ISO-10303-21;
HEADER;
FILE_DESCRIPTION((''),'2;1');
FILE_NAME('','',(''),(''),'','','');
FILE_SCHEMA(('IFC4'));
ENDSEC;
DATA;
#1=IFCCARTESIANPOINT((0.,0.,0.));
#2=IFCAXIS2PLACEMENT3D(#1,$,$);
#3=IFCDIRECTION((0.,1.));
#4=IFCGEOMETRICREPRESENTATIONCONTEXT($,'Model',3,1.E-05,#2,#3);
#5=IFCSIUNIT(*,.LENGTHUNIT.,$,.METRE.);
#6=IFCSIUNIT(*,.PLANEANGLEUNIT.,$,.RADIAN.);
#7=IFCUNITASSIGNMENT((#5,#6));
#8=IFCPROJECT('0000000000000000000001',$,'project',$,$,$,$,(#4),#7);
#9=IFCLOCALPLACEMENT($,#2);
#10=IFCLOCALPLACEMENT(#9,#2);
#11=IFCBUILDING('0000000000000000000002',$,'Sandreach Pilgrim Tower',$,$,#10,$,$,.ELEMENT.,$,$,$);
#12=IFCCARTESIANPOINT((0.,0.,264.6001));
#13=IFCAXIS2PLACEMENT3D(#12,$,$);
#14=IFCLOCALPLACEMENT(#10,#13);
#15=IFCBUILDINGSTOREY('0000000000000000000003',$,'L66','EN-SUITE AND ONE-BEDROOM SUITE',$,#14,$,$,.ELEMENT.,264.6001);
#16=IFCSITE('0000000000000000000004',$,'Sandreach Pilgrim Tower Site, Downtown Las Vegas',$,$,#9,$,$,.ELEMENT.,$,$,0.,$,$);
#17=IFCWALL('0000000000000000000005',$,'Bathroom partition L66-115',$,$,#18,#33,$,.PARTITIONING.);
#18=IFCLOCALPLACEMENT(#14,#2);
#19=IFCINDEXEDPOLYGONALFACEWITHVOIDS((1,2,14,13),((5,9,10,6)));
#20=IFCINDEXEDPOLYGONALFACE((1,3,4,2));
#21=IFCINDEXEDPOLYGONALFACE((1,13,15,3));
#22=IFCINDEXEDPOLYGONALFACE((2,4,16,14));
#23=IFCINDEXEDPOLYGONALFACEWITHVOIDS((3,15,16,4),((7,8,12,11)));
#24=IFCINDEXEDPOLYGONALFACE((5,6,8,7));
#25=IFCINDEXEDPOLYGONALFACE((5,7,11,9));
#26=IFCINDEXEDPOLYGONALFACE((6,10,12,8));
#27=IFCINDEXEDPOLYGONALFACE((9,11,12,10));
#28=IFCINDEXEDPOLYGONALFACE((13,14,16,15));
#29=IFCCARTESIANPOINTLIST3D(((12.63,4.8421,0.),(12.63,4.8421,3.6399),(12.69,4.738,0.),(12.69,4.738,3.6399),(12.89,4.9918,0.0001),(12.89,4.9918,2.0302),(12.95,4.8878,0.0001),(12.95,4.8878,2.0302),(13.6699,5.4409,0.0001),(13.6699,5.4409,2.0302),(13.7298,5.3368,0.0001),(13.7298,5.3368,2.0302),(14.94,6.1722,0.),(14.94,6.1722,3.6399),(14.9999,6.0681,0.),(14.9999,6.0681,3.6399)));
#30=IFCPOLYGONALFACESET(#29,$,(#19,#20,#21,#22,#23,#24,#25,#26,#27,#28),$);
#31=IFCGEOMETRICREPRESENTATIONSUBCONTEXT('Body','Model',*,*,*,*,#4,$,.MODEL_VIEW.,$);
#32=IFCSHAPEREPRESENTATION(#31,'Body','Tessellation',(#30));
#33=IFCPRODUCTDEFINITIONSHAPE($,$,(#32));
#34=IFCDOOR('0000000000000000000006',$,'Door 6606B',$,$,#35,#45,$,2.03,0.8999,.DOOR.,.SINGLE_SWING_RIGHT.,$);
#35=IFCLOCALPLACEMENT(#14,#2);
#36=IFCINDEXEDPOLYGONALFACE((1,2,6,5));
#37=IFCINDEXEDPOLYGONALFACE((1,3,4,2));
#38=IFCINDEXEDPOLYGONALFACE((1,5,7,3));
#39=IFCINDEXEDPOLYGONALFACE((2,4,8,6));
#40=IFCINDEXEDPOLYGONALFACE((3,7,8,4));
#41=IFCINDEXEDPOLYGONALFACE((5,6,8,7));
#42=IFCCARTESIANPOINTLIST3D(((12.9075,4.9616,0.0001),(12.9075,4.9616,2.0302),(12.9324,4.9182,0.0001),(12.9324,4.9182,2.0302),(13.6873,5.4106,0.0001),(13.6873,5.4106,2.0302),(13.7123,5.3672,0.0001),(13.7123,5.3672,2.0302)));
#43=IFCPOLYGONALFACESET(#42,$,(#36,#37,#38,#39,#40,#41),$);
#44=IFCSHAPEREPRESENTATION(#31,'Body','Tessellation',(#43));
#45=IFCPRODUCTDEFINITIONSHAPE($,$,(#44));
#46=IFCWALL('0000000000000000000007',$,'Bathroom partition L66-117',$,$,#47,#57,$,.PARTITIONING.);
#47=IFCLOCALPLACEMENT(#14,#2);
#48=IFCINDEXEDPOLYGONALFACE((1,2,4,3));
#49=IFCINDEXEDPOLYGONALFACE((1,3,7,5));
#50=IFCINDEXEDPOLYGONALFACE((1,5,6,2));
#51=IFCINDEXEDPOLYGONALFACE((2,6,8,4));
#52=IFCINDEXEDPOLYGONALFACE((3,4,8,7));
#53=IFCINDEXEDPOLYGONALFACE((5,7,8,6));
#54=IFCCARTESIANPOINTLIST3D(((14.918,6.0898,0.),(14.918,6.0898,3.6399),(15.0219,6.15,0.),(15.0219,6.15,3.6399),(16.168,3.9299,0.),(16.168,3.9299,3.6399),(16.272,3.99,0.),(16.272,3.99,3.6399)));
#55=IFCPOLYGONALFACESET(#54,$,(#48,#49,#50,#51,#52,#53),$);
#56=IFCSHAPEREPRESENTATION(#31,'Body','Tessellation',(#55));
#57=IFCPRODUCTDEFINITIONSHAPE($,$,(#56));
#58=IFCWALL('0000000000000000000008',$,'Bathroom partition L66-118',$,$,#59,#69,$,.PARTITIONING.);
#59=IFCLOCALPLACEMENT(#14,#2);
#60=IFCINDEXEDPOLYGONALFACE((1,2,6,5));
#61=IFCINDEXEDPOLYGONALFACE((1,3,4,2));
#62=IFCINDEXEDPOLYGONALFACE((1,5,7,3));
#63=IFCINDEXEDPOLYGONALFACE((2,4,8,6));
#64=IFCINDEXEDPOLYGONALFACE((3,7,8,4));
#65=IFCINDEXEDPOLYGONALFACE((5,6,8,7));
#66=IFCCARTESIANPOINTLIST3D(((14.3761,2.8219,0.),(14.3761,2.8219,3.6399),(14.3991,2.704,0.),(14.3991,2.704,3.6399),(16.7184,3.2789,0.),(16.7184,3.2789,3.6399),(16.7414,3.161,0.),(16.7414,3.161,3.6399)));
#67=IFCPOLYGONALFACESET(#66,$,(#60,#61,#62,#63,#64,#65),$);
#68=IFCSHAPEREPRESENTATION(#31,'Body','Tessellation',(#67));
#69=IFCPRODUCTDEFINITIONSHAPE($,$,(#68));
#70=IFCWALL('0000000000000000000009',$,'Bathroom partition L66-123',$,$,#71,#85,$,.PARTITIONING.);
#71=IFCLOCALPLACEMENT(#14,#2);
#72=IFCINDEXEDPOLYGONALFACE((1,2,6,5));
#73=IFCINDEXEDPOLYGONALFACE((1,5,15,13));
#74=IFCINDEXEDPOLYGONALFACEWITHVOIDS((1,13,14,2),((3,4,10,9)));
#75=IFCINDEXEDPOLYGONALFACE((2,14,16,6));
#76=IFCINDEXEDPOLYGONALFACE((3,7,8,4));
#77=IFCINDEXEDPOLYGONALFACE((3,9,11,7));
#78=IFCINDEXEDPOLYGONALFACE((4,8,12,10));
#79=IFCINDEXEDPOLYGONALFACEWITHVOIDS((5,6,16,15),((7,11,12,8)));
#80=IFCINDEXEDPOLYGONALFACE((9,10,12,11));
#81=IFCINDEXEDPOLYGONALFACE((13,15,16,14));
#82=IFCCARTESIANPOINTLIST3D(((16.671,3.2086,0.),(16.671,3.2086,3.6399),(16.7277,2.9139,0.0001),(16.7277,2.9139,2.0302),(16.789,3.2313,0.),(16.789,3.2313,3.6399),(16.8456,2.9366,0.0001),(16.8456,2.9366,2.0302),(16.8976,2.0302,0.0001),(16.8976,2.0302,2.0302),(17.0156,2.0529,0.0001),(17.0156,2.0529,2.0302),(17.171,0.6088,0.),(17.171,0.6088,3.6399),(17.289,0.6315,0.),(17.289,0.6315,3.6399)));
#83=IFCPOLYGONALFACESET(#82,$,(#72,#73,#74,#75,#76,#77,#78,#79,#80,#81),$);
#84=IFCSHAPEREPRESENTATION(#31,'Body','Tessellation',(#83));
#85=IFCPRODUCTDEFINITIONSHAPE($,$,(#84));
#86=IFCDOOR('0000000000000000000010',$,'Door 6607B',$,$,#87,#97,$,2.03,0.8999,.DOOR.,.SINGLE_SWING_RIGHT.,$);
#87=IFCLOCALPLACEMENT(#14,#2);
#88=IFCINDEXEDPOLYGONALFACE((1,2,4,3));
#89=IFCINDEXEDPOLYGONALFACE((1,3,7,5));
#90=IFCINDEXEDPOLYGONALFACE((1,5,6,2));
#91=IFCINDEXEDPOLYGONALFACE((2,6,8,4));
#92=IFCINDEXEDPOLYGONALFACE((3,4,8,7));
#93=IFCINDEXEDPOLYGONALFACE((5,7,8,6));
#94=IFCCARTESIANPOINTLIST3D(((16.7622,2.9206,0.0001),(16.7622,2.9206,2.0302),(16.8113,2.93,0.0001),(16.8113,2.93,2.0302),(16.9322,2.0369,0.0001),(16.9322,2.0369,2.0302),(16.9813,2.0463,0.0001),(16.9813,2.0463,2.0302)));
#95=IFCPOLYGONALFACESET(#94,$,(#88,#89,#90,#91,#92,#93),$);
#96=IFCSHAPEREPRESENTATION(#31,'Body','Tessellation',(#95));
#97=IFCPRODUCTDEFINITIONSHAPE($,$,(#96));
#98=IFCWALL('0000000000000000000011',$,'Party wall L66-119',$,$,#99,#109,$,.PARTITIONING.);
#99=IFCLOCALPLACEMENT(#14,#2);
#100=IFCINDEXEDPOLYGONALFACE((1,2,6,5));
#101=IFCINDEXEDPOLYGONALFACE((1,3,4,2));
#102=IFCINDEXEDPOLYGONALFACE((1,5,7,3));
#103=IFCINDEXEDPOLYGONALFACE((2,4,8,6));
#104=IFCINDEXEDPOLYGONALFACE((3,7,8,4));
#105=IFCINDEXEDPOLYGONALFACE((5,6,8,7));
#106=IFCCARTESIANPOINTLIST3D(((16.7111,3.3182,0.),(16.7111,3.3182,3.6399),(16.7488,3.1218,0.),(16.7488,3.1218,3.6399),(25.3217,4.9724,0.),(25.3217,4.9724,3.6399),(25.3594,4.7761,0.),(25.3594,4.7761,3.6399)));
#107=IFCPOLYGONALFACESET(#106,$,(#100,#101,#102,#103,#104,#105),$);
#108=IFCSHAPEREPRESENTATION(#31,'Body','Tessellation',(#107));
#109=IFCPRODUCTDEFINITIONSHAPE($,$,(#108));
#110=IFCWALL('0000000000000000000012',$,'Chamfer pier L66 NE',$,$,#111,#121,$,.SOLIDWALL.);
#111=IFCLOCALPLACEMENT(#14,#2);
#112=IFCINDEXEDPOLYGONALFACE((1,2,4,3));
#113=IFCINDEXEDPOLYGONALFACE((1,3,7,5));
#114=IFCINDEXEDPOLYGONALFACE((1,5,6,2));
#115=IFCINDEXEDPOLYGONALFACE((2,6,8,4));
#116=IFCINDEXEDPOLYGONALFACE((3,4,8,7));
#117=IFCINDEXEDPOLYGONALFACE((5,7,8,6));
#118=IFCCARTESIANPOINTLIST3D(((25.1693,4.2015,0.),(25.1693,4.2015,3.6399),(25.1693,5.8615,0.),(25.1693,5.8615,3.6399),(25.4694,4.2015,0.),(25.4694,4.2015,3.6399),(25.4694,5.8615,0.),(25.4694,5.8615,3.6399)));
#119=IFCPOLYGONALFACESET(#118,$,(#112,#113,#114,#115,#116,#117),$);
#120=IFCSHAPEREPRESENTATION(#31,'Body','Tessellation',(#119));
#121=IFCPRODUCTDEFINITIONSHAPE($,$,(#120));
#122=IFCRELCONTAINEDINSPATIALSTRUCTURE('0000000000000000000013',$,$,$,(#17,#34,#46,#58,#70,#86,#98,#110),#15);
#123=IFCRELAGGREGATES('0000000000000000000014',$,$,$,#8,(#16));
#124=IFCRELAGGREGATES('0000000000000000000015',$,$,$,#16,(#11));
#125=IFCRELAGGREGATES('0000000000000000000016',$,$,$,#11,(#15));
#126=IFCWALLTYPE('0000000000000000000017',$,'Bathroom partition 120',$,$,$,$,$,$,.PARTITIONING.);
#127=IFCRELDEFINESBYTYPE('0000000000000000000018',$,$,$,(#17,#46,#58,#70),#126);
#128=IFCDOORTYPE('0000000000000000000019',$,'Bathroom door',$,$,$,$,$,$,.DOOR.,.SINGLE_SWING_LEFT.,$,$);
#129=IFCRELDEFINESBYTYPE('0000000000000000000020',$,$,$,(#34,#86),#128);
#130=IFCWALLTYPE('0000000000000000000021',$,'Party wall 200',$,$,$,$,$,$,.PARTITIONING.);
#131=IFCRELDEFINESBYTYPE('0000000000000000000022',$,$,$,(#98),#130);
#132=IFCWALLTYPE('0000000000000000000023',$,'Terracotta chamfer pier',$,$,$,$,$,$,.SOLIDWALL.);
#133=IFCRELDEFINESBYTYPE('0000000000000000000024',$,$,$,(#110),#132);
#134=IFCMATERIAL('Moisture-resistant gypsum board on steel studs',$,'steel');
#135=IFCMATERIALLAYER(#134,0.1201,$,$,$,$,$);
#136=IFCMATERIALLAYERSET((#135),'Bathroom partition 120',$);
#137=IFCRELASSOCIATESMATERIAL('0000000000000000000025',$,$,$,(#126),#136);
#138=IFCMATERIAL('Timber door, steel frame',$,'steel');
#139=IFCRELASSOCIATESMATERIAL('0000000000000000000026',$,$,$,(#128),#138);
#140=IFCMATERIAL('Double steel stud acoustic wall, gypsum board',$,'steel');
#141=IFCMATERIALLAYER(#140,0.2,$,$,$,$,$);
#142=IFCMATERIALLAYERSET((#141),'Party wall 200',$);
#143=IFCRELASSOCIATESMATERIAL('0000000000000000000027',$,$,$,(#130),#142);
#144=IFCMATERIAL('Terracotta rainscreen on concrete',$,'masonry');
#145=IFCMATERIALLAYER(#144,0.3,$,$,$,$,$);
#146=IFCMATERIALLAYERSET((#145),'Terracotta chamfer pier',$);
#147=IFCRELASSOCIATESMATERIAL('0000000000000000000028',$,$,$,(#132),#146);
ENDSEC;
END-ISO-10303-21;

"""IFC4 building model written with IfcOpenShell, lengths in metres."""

from ifc_helpers import new_model, si_unit, direction, frame, frame_2d, origin, place, context, subcontext, project, spatial, rectangle, extrude, material, layer, layer_set, type_object, element, fill, save


model = new_model("IFC4")

# Units and contexts
model_context = context("Model", 3, precision=1e-05, world=origin(), true_north=direction((0.0, 1.0)))
body_context = subcontext(model_context, "Body", "Model", "MODEL_VIEW")
ifc_project = project(units=[si_unit("LENGTHUNIT", "METRE"), si_unit("PLANEANGLEUNIT", "RADIAN")], contexts=[model_context])

# Site, building, storey
site_placement = place(None, origin())
site = spatial("IfcSite", under=ifc_project, at=site_placement, Name="Sandreach Pilgrim Tower Site, Downtown Las Vegas", CompositionType="ELEMENT", RefElevation=0.0)
building_placement = place(site_placement, origin())
building = spatial("IfcBuilding", under=site, at=building_placement, Name="Sandreach Pilgrim Tower", CompositionType="ELEMENT")
storey_placement = place(building_placement, frame((0.0, 0.0, 264.6001)))
storey = spatial("IfcBuildingStorey", under=building, at=storey_placement, Name="L66", Description="EN-SUITE AND ONE-BEDROOM SUITE", CompositionType="ELEMENT", Elevation=264.6001)

# Shared definitions
ifc_material_1 = material(Name="Moisture-resistant gypsum board on steel studs", Category="steel")
ifc_layer_1 = layer(ifc_material_1, 0.1201)
ifc_layer_set_1 = layer_set([ifc_layer_1], Name="Bathroom partition 120")
wall_type_1 = type_object("IfcWallType", Name="Bathroom partition 120", PredefinedType="PARTITIONING", material=ifc_layer_set_1)

# Wall, opening, door
wall_1_placement = place(storey_placement, frame((14.97, 6.1201, 0.0), z_axis=(0.0, 0.0, 1.0), x_axis=(-0.866615, -0.498977, 0.0)))
wall_1 = element("IfcWall", 1, at=wall_1_placement, inside=storey, type_object=wall_type_1, Name="Bathroom partition L66-115", PredefinedType="PARTITIONING", context=body_context, shape_type="SweptSolid", body=[
    extrude(rectangle(XDim=2.6655, YDim=0.1201, at=frame_2d((1.3328, 0.0))), origin(), (0.0, 0.0, 1.0), 3.6399),
])
opening_1_placement = place(wall_1_placement, frame((1.4656, 0.0, 0.0)))
opening_1 = element("IfcOpeningElement", 2, at=opening_1_placement, cuts=wall_1, PredefinedType="OPENING", context=body_context, shape_type="SweptSolid", body=[
    extrude(rectangle(XDim=0.8999, YDim=2.03, at=frame_2d((0.45, 1.0151))), frame((0.0, 0.0601, 0.0), z_axis=(0.0, -1.0, 0.0), x_axis=(1.0, 0.0, 0.0)), (0.0, 0.0, 1.0), 0.1201),
])
ifc_material_2 = material(Name="Timber door, steel frame", Category="steel")
door_type = type_object("IfcDoorType", Name="Bathroom door", OperationType="SINGLE_SWING_LEFT", PredefinedType="DOOR", material=ifc_material_2)
door_1_placement = place(opening_1_placement, origin())
door_1 = element("IfcDoor", 3, at=door_1_placement, inside=storey, type_object=door_type, Name="Door 6606B", OperationType="SINGLE_SWING_RIGHT", OverallHeight=2.03, OverallWidth=0.8999, PredefinedType="DOOR", context=body_context, shape_type="SweptSolid", body=[
    extrude(rectangle(XDim=0.8999, YDim=2.03, at=frame_2d((0.45, 1.0151))), frame((0.0, 0.0249, 0.0), z_axis=(0.0, -1.0, 0.0), x_axis=(1.0, 0.0, 0.0)), (0.0, 0.0, 1.0), 0.05),
])
fill(opening_1, door_1)

# Walls
wall_2_placement = place(storey_placement, frame((16.22, 3.96, 0.0), z_axis=(0.0, 0.0, 1.0), x_axis=(-0.500894, 0.865509, 0.0)))
element("IfcWall", 4, at=wall_2_placement, inside=storey, type_object=wall_type_1, Name="Bathroom partition L66-117", PredefinedType="PARTITIONING", context=body_context, shape_type="SweptSolid", body=[
    extrude(rectangle(XDim=2.4956, YDim=0.1201, at=frame_2d((1.2478, 0.0))), origin(), (0.0, 0.0, 1.0), 3.6399),
])
wall_3_placement = place(storey_placement, frame((16.73, 3.22, 0.0), z_axis=(0.0, 0.0, 1.0), x_axis=(-0.981491, -0.19151, 0.0)))
element("IfcWall", 5, at=wall_3_placement, inside=storey, type_object=wall_type_1, Name="Bathroom partition L66-118", PredefinedType="PARTITIONING", context=body_context, shape_type="SweptSolid", body=[
    extrude(rectangle(XDim=2.3865, YDim=0.1201, at=frame_2d((1.1934, 0.0))), origin(), (0.0, 0.0, 1.0), 3.6399),
])

# Wall, opening, door
wall_4_placement = place(storey_placement, frame((17.23, 0.6201, 0.0), z_axis=(0.0, 0.0, 1.0), x_axis=(-0.188858, 0.982004, 0.0)))
wall_4 = element("IfcWall", 6, at=wall_4_placement, inside=storey, type_object=wall_type_1, Name="Bathroom partition L66-123", PredefinedType="PARTITIONING", context=body_context, shape_type="SweptSolid", body=[
    extrude(rectangle(XDim=2.6475, YDim=0.1201, at=frame_2d((1.3237, 0.0))), origin(), (0.0, 0.0, 1.0), 3.6399),
])
opening_2_placement = place(wall_4_placement, frame((1.4475, 0.0, 0.0)))
opening_2 = element("IfcOpeningElement", 7, at=opening_2_placement, cuts=wall_4, PredefinedType="OPENING", context=body_context, shape_type="SweptSolid", body=[
    extrude(rectangle(XDim=0.8999, YDim=2.03, at=frame_2d((0.45, 1.0151))), frame((0.0, 0.0601, 0.0), z_axis=(0.0, -1.0, 0.0), x_axis=(1.0, 0.0, 0.0)), (0.0, 0.0, 1.0), 0.1201),
])
door_2_placement = place(opening_2_placement, origin())
door_2 = element("IfcDoor", 8, at=door_2_placement, inside=storey, type_object=door_type, Name="Door 6607B", OperationType="SINGLE_SWING_RIGHT", OverallHeight=2.03, OverallWidth=0.8999, PredefinedType="DOOR", context=body_context, shape_type="SweptSolid", body=[
    extrude(rectangle(XDim=0.8999, YDim=2.03, at=frame_2d((0.45, 1.0151))), frame((0.0, 0.0249, 0.0), z_axis=(0.0, -1.0, 0.0), x_axis=(1.0, 0.0, 0.0)), (0.0, 0.0, 1.0), 0.05),
])
fill(opening_2, door_2)

# Walls
ifc_material_3 = material(Name="Double steel stud acoustic wall, gypsum board", Category="steel")
ifc_layer_2 = layer(ifc_material_3, 0.2)
ifc_layer_set_2 = layer_set([ifc_layer_2], Name="Party wall 200")
wall_type_2 = type_object("IfcWallType", Name="Party wall 200", PredefinedType="PARTITIONING", material=ifc_layer_set_2)
wall_5_placement = place(storey_placement, frame((16.73, 3.22, 0.0), z_axis=(0.0, 0.0, 1.0), x_axis=(0.98204, 0.188673, 0.0)))
element("IfcWall", 9, at=wall_5_placement, inside=storey, type_object=wall_type_2, Name="Party wall L66-119", PredefinedType="PARTITIONING", context=body_context, shape_type="SweptSolid", body=[
    extrude(rectangle(XDim=8.7681, YDim=0.2, at=frame_2d((4.384, 0.0))), origin(), (0.0, 0.0, 1.0), 3.6399),
])
ifc_material_4 = material(Name="Terracotta rainscreen on concrete", Category="masonry")
ifc_layer_3 = layer(ifc_material_4, 0.3)
ifc_layer_set_3 = layer_set([ifc_layer_3], Name="Terracotta chamfer pier")
wall_type_3 = type_object("IfcWallType", Name="Terracotta chamfer pier", PredefinedType="SOLIDWALL", material=ifc_layer_set_3)
wall_6_placement = place(storey_placement, frame((25.3193, 5.8616, 0.0), z_axis=(0.0, 0.0, 1.0), x_axis=(0.0, -1.0, 0.0)))
element("IfcWall", 10, at=wall_6_placement, inside=storey, type_object=wall_type_3, Name="Chamfer pier L66 NE", PredefinedType="SOLIDWALL", context=body_context, shape_type="SweptSolid", body=[
    extrude(rectangle(XDim=1.6599, YDim=0.3, at=frame_2d((0.8301, 0.0))), origin(), (0.0, 0.0, 1.0), 3.6399),
])

save(model, "model.ifc")
